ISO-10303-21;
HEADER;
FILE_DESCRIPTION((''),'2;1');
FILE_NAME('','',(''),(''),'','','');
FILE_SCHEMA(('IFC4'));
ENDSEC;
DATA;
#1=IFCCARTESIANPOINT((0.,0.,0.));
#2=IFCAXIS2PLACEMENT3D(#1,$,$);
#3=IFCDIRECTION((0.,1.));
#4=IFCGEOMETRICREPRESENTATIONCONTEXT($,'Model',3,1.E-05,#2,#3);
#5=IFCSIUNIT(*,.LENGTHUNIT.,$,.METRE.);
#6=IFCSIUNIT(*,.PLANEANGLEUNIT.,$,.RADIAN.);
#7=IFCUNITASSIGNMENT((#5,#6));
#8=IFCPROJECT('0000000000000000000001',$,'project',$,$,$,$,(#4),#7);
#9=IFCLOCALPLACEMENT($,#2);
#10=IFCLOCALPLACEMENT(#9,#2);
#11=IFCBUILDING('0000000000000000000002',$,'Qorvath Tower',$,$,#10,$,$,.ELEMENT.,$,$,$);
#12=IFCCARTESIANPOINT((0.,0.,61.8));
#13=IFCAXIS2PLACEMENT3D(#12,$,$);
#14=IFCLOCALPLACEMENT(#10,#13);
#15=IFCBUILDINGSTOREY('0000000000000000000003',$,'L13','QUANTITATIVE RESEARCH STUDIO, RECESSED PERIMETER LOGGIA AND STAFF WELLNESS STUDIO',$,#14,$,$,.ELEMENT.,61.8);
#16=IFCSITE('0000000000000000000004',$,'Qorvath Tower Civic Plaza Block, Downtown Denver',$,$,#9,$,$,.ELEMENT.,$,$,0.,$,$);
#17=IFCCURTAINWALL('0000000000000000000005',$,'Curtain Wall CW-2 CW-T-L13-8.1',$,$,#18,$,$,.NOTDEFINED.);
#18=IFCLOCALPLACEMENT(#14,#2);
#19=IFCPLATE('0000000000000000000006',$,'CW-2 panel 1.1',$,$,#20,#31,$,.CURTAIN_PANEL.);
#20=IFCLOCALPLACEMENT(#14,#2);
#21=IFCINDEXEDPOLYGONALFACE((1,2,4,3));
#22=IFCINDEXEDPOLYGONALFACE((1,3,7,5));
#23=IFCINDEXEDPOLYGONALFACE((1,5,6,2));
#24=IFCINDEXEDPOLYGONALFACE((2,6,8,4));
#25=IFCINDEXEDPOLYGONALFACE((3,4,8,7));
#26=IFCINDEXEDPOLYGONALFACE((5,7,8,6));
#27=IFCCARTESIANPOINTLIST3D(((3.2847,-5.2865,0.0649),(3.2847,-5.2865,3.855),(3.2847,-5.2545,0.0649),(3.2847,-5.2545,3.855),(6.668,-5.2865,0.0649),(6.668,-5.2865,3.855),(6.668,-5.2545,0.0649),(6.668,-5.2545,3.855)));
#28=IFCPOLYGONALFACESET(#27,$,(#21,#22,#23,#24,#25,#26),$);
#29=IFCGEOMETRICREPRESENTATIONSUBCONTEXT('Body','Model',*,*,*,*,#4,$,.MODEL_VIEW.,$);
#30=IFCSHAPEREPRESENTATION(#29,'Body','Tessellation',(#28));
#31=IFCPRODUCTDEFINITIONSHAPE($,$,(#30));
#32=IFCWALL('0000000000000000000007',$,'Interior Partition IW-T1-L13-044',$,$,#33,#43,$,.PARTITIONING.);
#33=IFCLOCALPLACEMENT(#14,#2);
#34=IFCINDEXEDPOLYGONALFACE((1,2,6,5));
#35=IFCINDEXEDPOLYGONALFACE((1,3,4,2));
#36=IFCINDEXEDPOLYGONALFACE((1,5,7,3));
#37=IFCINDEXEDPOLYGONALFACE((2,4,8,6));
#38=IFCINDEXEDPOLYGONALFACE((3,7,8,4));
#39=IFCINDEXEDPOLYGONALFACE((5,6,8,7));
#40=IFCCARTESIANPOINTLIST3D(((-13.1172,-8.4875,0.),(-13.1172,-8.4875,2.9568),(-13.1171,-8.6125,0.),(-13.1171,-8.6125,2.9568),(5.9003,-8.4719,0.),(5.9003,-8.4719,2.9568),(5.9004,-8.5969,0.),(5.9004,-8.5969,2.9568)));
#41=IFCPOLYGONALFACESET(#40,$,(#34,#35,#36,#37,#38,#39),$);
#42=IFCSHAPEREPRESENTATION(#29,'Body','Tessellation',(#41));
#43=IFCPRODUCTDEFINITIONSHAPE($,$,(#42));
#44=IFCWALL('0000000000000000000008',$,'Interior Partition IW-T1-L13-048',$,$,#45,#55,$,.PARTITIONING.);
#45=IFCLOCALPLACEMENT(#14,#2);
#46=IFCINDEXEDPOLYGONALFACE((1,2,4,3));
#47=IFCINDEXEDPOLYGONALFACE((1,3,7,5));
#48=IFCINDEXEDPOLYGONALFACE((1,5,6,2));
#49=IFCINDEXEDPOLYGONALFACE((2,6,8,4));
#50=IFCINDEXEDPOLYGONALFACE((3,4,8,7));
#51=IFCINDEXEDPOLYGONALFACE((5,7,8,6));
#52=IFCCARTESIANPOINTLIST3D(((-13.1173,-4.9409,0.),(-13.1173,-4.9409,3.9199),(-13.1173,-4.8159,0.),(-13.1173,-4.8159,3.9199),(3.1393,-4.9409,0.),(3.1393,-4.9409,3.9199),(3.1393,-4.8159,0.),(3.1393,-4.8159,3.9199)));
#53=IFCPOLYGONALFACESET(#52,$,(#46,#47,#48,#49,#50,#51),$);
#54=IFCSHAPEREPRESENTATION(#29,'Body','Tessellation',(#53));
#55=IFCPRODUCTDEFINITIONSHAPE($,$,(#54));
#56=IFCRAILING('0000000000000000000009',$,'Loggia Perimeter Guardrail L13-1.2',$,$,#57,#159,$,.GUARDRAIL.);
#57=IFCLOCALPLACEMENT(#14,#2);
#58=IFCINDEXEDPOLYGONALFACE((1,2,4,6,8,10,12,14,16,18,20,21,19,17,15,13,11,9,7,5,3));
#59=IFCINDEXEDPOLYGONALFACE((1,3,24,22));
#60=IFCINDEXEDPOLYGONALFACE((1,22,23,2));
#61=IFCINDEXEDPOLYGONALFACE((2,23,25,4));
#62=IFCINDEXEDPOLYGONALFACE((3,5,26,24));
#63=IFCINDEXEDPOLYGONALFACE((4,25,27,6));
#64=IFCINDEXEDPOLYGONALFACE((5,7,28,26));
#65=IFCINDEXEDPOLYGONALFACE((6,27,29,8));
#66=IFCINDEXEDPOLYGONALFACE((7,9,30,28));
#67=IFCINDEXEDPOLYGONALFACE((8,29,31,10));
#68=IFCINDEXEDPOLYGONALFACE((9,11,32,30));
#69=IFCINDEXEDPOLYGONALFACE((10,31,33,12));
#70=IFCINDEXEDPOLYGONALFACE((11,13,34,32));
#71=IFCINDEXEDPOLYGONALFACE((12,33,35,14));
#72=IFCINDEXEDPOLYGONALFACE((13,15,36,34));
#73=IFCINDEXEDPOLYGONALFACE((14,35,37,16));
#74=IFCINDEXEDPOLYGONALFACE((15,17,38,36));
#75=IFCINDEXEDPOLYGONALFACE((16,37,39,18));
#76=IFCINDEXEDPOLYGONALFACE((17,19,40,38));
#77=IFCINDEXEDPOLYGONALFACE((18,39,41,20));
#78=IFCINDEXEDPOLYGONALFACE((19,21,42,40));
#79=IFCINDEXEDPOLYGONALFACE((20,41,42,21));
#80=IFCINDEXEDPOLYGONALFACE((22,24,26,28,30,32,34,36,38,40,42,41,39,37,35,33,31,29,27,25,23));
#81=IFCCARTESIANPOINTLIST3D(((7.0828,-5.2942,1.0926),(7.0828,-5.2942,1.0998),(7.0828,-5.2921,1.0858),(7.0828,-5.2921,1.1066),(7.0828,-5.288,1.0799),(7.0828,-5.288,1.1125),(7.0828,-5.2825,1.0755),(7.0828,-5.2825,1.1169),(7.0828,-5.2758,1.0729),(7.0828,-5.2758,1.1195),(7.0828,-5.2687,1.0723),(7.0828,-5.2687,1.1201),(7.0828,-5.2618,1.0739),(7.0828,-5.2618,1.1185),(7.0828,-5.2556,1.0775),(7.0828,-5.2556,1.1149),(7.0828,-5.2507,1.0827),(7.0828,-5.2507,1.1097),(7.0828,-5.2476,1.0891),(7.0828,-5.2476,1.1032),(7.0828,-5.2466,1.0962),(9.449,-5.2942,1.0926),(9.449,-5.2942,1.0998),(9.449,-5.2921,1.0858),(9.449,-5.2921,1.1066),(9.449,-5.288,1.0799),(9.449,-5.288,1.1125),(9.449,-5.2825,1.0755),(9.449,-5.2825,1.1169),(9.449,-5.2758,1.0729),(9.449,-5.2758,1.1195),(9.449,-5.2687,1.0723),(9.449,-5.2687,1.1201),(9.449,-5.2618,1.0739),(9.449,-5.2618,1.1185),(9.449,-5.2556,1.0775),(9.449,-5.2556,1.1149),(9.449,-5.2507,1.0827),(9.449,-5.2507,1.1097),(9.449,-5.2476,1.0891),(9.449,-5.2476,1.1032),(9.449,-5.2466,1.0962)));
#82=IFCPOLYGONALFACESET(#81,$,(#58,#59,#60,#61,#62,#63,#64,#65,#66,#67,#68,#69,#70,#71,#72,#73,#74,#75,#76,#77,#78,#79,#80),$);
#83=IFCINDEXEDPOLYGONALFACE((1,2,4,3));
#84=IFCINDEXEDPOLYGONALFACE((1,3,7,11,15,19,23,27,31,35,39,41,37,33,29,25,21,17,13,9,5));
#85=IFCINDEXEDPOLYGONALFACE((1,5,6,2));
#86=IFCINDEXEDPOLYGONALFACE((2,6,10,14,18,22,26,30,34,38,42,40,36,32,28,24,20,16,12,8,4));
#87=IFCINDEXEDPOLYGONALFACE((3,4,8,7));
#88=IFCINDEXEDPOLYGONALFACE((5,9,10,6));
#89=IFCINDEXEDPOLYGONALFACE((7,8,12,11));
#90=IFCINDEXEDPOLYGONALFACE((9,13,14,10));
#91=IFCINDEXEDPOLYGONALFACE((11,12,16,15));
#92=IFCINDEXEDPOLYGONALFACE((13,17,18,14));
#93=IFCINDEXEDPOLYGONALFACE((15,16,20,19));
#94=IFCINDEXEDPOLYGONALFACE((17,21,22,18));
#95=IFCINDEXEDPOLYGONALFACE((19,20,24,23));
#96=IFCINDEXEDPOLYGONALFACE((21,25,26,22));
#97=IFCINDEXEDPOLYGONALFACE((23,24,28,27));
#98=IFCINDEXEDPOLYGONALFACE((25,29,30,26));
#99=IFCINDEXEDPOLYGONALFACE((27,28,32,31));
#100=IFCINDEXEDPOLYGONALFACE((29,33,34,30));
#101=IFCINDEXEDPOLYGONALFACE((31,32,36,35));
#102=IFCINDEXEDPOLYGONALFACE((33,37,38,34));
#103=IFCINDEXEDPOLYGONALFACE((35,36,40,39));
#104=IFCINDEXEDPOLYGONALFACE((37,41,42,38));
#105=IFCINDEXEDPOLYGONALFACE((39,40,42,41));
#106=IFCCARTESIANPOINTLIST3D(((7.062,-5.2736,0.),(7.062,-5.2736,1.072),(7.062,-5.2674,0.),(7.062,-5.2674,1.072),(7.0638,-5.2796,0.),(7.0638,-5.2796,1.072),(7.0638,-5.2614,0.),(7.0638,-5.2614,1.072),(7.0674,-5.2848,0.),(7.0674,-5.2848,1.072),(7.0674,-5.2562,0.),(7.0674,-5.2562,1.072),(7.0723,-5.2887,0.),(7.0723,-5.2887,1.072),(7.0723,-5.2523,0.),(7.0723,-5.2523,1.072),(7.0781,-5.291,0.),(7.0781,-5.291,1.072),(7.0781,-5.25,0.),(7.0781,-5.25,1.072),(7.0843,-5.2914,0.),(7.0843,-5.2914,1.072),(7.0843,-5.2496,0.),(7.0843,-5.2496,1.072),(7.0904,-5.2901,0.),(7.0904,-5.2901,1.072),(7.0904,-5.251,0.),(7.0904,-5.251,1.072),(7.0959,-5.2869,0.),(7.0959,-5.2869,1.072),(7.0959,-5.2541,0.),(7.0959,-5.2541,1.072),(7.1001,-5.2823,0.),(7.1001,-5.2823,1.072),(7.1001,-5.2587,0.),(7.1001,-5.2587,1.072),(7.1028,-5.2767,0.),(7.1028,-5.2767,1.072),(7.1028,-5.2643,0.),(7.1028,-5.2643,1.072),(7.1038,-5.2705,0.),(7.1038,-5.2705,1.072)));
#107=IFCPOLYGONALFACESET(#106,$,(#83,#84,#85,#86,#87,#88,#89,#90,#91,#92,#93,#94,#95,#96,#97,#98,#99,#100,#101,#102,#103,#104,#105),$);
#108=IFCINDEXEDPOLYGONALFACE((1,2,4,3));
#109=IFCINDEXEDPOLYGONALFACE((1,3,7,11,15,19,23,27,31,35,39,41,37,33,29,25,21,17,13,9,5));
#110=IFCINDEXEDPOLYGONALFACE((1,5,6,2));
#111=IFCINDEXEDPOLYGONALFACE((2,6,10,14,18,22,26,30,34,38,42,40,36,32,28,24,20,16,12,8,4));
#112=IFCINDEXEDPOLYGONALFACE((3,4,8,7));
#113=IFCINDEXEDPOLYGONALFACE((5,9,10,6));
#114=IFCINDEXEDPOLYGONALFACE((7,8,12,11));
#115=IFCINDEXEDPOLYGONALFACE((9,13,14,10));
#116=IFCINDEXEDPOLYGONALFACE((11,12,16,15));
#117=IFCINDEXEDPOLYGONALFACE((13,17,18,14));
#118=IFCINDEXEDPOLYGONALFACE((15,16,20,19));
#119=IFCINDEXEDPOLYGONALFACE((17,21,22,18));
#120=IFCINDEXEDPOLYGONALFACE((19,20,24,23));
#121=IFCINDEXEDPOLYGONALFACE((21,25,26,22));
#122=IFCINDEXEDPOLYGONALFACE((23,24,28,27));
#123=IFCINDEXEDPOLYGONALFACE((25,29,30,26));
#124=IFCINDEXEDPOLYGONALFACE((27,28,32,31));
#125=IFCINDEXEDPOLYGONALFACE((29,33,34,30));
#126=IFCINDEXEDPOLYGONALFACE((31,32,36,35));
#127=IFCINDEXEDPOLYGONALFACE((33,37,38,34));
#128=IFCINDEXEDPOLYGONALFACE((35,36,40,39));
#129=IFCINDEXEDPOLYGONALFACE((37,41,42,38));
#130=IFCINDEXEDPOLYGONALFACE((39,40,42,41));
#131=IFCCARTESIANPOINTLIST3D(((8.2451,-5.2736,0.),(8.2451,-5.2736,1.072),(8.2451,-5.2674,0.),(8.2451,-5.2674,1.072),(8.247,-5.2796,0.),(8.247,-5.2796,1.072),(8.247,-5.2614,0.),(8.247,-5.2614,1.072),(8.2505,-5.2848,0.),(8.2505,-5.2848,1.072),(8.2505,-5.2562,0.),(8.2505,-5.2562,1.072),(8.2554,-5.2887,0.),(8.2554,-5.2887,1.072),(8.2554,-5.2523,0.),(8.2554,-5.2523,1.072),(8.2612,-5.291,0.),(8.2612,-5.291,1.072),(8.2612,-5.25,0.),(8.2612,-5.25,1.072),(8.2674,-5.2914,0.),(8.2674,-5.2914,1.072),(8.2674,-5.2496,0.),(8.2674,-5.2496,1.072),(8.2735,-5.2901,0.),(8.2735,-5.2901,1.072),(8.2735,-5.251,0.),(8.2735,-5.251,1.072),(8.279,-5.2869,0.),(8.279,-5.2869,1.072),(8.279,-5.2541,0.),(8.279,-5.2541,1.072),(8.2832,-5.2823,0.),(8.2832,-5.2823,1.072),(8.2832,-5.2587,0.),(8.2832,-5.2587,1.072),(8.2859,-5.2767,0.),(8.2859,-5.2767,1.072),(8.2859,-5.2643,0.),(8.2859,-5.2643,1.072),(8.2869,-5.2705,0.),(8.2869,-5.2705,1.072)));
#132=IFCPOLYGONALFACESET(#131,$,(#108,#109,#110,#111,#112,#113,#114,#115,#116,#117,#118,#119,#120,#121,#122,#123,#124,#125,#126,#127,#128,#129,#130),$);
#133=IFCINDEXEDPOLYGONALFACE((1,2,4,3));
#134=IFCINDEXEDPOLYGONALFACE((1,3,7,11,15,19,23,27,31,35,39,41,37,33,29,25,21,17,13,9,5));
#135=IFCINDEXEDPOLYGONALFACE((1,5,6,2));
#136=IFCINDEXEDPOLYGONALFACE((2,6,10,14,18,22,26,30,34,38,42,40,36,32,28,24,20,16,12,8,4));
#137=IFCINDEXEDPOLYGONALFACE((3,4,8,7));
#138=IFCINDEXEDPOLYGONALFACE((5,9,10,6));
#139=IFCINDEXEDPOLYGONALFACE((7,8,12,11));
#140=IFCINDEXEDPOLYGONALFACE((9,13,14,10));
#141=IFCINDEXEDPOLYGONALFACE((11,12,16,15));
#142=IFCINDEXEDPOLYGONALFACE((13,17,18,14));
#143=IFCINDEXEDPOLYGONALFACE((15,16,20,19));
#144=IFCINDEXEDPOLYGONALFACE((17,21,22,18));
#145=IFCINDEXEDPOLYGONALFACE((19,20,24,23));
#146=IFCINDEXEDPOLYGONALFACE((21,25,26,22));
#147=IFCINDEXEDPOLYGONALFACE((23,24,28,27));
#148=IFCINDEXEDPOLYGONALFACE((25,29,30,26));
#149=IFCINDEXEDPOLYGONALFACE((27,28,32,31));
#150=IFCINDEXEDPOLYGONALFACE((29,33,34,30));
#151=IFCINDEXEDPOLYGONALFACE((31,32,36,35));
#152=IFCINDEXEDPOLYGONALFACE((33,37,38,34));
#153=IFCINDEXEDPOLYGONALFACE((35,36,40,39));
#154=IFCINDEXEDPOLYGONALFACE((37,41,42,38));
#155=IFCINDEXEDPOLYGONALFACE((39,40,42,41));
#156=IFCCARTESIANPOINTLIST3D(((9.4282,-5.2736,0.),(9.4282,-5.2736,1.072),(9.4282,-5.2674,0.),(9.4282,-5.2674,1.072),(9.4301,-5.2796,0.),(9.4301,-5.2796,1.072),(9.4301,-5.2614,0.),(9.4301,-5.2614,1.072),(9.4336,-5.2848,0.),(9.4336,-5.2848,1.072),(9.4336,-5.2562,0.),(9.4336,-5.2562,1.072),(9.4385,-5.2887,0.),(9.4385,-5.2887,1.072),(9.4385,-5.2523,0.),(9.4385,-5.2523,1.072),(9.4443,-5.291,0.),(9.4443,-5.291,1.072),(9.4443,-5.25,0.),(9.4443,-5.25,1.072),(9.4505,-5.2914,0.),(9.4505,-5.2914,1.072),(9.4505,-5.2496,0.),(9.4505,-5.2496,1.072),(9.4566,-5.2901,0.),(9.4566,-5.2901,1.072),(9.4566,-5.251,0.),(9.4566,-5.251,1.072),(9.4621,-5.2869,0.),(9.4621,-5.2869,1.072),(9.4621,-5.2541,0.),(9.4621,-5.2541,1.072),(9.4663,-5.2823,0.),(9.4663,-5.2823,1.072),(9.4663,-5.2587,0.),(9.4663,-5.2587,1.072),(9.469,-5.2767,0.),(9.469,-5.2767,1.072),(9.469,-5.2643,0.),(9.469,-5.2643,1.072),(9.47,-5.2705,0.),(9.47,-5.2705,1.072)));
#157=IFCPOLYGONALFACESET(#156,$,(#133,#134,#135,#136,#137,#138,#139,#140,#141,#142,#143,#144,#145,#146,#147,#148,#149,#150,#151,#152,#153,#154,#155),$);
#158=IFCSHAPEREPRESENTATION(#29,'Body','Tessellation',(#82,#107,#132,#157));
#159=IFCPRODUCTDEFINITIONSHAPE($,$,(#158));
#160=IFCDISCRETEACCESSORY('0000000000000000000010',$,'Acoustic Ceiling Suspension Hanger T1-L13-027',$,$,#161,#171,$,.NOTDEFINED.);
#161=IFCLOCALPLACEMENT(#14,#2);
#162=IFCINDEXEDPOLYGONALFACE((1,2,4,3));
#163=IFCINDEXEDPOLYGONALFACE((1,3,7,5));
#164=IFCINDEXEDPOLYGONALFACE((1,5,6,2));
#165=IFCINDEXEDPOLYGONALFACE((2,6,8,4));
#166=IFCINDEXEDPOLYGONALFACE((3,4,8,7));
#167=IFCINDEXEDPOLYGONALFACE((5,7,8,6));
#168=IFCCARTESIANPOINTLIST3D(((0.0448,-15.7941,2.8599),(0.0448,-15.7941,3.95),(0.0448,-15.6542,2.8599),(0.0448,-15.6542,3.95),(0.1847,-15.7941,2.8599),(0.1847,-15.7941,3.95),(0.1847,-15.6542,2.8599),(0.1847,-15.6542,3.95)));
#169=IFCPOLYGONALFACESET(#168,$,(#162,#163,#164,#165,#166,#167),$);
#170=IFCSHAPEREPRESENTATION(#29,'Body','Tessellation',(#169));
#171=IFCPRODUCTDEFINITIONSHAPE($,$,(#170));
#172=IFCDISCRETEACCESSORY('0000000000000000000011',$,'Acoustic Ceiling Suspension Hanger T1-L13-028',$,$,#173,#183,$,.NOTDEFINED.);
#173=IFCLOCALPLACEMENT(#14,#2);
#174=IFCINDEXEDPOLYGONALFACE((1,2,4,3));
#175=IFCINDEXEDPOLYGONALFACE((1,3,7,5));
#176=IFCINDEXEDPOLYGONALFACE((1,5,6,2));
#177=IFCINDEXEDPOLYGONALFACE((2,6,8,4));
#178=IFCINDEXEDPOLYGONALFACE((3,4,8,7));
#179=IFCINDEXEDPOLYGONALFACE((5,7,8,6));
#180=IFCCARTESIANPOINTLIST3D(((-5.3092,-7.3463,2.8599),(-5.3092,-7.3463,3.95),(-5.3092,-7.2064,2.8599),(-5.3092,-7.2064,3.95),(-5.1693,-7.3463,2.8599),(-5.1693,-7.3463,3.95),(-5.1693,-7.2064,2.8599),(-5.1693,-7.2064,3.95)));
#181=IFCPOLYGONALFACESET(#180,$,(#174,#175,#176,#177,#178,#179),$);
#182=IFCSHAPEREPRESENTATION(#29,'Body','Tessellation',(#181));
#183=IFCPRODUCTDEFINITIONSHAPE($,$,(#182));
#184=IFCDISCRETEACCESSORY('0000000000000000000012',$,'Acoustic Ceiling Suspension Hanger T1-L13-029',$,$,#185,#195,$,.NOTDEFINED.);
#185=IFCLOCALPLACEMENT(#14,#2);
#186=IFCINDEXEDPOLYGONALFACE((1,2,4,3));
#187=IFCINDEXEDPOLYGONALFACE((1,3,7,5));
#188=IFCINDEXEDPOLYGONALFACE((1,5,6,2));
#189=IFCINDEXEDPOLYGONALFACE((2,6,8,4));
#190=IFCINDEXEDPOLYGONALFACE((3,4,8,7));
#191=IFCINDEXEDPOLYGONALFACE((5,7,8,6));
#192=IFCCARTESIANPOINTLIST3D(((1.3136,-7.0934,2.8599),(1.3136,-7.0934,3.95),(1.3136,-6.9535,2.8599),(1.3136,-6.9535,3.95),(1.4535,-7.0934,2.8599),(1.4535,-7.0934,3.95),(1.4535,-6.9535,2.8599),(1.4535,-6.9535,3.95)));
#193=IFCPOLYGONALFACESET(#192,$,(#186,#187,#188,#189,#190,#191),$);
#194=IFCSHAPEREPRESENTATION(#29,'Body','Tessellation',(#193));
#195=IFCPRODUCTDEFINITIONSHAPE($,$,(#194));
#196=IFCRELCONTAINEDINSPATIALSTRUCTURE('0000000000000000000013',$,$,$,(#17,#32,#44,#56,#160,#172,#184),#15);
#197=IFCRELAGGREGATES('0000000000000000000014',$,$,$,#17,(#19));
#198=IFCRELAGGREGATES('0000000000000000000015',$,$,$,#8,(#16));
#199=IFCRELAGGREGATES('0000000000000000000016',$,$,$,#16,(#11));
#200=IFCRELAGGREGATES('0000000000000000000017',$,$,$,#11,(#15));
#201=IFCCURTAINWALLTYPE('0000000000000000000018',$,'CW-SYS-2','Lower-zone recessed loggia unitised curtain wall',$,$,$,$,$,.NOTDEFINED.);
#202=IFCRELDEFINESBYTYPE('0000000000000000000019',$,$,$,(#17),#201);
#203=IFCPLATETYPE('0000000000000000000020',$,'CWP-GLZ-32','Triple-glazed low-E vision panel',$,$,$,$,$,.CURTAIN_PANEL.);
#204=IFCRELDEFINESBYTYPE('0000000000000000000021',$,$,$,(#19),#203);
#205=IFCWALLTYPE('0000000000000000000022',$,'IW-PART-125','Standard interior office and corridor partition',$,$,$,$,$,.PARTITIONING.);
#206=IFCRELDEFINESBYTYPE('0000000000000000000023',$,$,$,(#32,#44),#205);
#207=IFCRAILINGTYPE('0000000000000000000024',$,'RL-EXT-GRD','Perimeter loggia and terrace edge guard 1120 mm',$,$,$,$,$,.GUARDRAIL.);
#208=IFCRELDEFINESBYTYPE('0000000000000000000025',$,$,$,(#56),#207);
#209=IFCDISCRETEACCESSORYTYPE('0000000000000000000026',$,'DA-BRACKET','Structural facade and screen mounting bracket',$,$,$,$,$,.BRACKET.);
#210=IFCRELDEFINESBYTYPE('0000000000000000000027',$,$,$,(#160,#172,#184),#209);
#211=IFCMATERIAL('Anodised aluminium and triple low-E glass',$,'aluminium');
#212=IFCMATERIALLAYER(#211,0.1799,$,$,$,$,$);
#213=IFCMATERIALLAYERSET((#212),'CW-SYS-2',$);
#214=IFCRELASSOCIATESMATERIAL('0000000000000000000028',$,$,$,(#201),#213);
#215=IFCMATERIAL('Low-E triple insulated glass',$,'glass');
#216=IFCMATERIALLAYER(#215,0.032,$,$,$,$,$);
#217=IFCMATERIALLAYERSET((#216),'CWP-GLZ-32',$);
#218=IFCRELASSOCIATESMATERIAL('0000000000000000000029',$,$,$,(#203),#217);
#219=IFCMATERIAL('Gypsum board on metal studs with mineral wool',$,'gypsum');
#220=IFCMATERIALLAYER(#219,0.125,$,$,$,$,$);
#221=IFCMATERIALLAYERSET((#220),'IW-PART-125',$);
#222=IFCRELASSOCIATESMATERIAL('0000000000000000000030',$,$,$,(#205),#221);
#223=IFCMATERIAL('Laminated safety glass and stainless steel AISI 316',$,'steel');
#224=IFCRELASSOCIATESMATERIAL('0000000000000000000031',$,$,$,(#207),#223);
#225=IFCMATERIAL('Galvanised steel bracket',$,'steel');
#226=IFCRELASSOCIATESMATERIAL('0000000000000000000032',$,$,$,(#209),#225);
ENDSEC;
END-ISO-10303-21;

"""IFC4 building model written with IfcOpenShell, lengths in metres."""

from ifc_helpers import new_model, si_unit, direction, frame, frame_2d, origin, origin_2d, place, context, subcontext, project, spatial, rectangle, circle, extrude, material, layer, layer_set, type_object, element, aggregate, save


model = new_model("IFC4")

# Units and contexts
model_context = context("Model", 3, precision=1e-05, world=origin(), true_north=direction((0.0, 1.0)))
body_context = subcontext(model_context, "Body", "Model", "MODEL_VIEW")
ifc_project = project(units=[si_unit("LENGTHUNIT", "METRE"), si_unit("PLANEANGLEUNIT", "RADIAN")], contexts=[model_context])

# Site, building, storey
site_placement = place(None, origin())
site = spatial("IfcSite", under=ifc_project, at=site_placement, Name="Qorvath Tower Civic Plaza Block, Downtown Denver", CompositionType="ELEMENT", RefElevation=0.0)
building_placement = place(site_placement, origin())
building = spatial("IfcBuilding", under=site, at=building_placement, Name="Qorvath Tower", CompositionType="ELEMENT")
storey_placement = place(building_placement, frame((0.0, 0.0, 61.8)))
storey = spatial("IfcBuildingStorey", under=building, at=storey_placement, Name="L13", Description="QUANTITATIVE RESEARCH STUDIO, RECESSED PERIMETER LOGGIA AND STAFF WELLNESS STUDIO", CompositionType="ELEMENT", Elevation=61.8)

# Shared definitions
ifc_material_1 = material(Name="Anodised aluminium and triple low-E glass", Category="aluminium")
ifc_layer_1 = layer(ifc_material_1, 0.1799)
ifc_layer_set_1 = layer_set([ifc_layer_1], Name="CW-SYS-2")
curtain_wall_type = type_object("IfcCurtainWallType", Name="CW-SYS-2", Description="Lower-zone recessed loggia unitised curtain wall", PredefinedType="NOTDEFINED", material=ifc_layer_set_1)

# Curtain wall
curtain_wall_1_placement = place(storey_placement, origin())
curtain_wall_1 = element("IfcCurtainWall", 1, at=curtain_wall_1_placement, inside=storey, type_object=curtain_wall_type, Name="Curtain Wall CW-2 CW-T-L13-8.1", PredefinedType="NOTDEFINED")

# Plate
ifc_material_2 = material(Name="Low-E triple insulated glass", Category="glass")
ifc_layer_2 = layer(ifc_material_2, 0.032)
ifc_layer_set_2 = layer_set([ifc_layer_2], Name="CWP-GLZ-32")
plate_type = type_object("IfcPlateType", Name="CWP-GLZ-32", Description="Triple-glazed low-E vision panel", PredefinedType="CURTAIN_PANEL", material=ifc_layer_set_2)
plate_1_placement = place(storey_placement, frame((4.9763, -5.2705, 0.0649), z_axis=(0.0, 0.0, 1.0), x_axis=(-1.0, 0.0, 0.0)))
plate_1 = element("IfcPlate", 2, at=plate_1_placement, type_object=plate_type, Name="CW-2 panel 1.1", PredefinedType="CURTAIN_PANEL", context=body_context, shape_type="SweptSolid", body=[
    extrude(rectangle(XDim=3.3833, YDim=0.032, at=origin_2d()), origin(), (0.0, 0.0, 1.0), 3.79),
])
aggregate(curtain_wall_1, [plate_1])

# Walls
ifc_material_3 = material(Name="Gypsum board on metal studs with mineral wool", Category="gypsum")
ifc_layer_3 = layer(ifc_material_3, 0.125)
ifc_layer_set_3 = layer_set([ifc_layer_3], Name="IW-PART-125")
wall_type = type_object("IfcWallType", Name="IW-PART-125", Description="Standard interior office and corridor partition", PredefinedType="PARTITIONING", material=ifc_layer_set_3)
wall_1_placement = place(storey_placement, frame((5.9004, -8.5344, 0.0), z_axis=(0.0, 0.0, 1.0), x_axis=(-1.0, -0.000822, 0.0)))
element("IfcWall", 3, at=wall_1_placement, inside=storey, type_object=wall_type, Name="Interior Partition IW-T1-L13-044", PredefinedType="PARTITIONING", context=body_context, shape_type="SweptSolid", body=[
    extrude(rectangle(XDim=19.0176, YDim=0.125, at=frame_2d((9.5088, 0.0))), origin(), (0.0, 0.0, 1.0), 2.9568),
])
wall_2_placement = place(storey_placement, frame((3.1394, -4.8784, 0.0), z_axis=(0.0, 0.0, 1.0), x_axis=(-1.0, 0.0, 0.0)))
element("IfcWall", 4, at=wall_2_placement, inside=storey, type_object=wall_type, Name="Interior Partition IW-T1-L13-048", PredefinedType="PARTITIONING", context=body_context, shape_type="SweptSolid", body=[
    extrude(rectangle(XDim=16.2566, YDim=0.125, at=frame_2d((8.1284, 0.0))), origin(), (0.0, 0.0, 1.0), 3.9199),
])

# Railing
ifc_material_4 = material(Name="Laminated safety glass and stainless steel AISI 316", Category="steel")
railing_type = type_object("IfcRailingType", Name="RL-EXT-GRD", Description="Perimeter loggia and terrace edge guard 1120 mm", PredefinedType="GUARDRAIL", material=ifc_material_4)
railing_1_placement = place(storey_placement, frame((7.0828, -5.2705, 0.0)))
element("IfcRailing", 5, at=railing_1_placement, inside=storey, type_object=railing_type, Name="Loggia Perimeter Guardrail L13-1.2", PredefinedType="GUARDRAIL", context=body_context, shape_type="SweptSolid", body=[
    extrude(circle(Radius=0.0239, at=origin_2d()), frame((0.0, 0.0, 1.0962), z_axis=(1.0, 0.0, 0.0), x_axis=(0.0, 1.0, 0.0)), (0.0, 0.0, 1.0), 2.3662),
    extrude(circle(Radius=0.021, at=origin_2d()), origin(), (0.0, 0.0, 1.0), 1.072),
    extrude(circle(Radius=0.021, at=origin_2d()), frame((1.1831, 0.0, 0.0)), (0.0, 0.0, 1.0), 1.072),
    extrude(circle(Radius=0.021, at=origin_2d()), frame((2.3662, 0.0, 0.0)), (0.0, 0.0, 1.0), 1.072),
])

# Discrete accessories
ifc_material_5 = material(Name="Galvanised steel bracket", Category="steel")
discrete_accessory_type = type_object("IfcDiscreteAccessoryType", Name="DA-BRACKET", Description="Structural facade and screen mounting bracket", PredefinedType="BRACKET", material=ifc_material_5)
for number, where, z_axis, x_axis, name in (
    (6, (0.1147, -15.7241, 2.8599), (0.0, 0.0, 1.0), (1.0, 0.0, 0.0), "Acoustic Ceiling Suspension Hanger T1-L13-027"),
    (7, (-5.2393, -7.2764, 2.8599), (0.0, 0.0, 1.0), (1.0, 0.0, 0.0), "Acoustic Ceiling Suspension Hanger T1-L13-028"),
    (8, (1.3835, -7.0234, 2.8599), (0.0, 0.0, 1.0), (1.0, 0.0, 0.0), "Acoustic Ceiling Suspension Hanger T1-L13-029"),
):
    element("IfcDiscreteAccessory", number, at=place(storey_placement, frame(where, z_axis=z_axis, x_axis=x_axis)), inside=storey, type_object=discrete_accessory_type, Name=name, PredefinedType="NOTDEFINED", context=body_context, shape_type="SweptSolid", body=[
        extrude(rectangle(XDim=0.1399, YDim=0.1399, at=origin_2d()), origin(), (0.0, 0.0, 1.0), 1.0901),
    ])

save(model, "model.ifc")
